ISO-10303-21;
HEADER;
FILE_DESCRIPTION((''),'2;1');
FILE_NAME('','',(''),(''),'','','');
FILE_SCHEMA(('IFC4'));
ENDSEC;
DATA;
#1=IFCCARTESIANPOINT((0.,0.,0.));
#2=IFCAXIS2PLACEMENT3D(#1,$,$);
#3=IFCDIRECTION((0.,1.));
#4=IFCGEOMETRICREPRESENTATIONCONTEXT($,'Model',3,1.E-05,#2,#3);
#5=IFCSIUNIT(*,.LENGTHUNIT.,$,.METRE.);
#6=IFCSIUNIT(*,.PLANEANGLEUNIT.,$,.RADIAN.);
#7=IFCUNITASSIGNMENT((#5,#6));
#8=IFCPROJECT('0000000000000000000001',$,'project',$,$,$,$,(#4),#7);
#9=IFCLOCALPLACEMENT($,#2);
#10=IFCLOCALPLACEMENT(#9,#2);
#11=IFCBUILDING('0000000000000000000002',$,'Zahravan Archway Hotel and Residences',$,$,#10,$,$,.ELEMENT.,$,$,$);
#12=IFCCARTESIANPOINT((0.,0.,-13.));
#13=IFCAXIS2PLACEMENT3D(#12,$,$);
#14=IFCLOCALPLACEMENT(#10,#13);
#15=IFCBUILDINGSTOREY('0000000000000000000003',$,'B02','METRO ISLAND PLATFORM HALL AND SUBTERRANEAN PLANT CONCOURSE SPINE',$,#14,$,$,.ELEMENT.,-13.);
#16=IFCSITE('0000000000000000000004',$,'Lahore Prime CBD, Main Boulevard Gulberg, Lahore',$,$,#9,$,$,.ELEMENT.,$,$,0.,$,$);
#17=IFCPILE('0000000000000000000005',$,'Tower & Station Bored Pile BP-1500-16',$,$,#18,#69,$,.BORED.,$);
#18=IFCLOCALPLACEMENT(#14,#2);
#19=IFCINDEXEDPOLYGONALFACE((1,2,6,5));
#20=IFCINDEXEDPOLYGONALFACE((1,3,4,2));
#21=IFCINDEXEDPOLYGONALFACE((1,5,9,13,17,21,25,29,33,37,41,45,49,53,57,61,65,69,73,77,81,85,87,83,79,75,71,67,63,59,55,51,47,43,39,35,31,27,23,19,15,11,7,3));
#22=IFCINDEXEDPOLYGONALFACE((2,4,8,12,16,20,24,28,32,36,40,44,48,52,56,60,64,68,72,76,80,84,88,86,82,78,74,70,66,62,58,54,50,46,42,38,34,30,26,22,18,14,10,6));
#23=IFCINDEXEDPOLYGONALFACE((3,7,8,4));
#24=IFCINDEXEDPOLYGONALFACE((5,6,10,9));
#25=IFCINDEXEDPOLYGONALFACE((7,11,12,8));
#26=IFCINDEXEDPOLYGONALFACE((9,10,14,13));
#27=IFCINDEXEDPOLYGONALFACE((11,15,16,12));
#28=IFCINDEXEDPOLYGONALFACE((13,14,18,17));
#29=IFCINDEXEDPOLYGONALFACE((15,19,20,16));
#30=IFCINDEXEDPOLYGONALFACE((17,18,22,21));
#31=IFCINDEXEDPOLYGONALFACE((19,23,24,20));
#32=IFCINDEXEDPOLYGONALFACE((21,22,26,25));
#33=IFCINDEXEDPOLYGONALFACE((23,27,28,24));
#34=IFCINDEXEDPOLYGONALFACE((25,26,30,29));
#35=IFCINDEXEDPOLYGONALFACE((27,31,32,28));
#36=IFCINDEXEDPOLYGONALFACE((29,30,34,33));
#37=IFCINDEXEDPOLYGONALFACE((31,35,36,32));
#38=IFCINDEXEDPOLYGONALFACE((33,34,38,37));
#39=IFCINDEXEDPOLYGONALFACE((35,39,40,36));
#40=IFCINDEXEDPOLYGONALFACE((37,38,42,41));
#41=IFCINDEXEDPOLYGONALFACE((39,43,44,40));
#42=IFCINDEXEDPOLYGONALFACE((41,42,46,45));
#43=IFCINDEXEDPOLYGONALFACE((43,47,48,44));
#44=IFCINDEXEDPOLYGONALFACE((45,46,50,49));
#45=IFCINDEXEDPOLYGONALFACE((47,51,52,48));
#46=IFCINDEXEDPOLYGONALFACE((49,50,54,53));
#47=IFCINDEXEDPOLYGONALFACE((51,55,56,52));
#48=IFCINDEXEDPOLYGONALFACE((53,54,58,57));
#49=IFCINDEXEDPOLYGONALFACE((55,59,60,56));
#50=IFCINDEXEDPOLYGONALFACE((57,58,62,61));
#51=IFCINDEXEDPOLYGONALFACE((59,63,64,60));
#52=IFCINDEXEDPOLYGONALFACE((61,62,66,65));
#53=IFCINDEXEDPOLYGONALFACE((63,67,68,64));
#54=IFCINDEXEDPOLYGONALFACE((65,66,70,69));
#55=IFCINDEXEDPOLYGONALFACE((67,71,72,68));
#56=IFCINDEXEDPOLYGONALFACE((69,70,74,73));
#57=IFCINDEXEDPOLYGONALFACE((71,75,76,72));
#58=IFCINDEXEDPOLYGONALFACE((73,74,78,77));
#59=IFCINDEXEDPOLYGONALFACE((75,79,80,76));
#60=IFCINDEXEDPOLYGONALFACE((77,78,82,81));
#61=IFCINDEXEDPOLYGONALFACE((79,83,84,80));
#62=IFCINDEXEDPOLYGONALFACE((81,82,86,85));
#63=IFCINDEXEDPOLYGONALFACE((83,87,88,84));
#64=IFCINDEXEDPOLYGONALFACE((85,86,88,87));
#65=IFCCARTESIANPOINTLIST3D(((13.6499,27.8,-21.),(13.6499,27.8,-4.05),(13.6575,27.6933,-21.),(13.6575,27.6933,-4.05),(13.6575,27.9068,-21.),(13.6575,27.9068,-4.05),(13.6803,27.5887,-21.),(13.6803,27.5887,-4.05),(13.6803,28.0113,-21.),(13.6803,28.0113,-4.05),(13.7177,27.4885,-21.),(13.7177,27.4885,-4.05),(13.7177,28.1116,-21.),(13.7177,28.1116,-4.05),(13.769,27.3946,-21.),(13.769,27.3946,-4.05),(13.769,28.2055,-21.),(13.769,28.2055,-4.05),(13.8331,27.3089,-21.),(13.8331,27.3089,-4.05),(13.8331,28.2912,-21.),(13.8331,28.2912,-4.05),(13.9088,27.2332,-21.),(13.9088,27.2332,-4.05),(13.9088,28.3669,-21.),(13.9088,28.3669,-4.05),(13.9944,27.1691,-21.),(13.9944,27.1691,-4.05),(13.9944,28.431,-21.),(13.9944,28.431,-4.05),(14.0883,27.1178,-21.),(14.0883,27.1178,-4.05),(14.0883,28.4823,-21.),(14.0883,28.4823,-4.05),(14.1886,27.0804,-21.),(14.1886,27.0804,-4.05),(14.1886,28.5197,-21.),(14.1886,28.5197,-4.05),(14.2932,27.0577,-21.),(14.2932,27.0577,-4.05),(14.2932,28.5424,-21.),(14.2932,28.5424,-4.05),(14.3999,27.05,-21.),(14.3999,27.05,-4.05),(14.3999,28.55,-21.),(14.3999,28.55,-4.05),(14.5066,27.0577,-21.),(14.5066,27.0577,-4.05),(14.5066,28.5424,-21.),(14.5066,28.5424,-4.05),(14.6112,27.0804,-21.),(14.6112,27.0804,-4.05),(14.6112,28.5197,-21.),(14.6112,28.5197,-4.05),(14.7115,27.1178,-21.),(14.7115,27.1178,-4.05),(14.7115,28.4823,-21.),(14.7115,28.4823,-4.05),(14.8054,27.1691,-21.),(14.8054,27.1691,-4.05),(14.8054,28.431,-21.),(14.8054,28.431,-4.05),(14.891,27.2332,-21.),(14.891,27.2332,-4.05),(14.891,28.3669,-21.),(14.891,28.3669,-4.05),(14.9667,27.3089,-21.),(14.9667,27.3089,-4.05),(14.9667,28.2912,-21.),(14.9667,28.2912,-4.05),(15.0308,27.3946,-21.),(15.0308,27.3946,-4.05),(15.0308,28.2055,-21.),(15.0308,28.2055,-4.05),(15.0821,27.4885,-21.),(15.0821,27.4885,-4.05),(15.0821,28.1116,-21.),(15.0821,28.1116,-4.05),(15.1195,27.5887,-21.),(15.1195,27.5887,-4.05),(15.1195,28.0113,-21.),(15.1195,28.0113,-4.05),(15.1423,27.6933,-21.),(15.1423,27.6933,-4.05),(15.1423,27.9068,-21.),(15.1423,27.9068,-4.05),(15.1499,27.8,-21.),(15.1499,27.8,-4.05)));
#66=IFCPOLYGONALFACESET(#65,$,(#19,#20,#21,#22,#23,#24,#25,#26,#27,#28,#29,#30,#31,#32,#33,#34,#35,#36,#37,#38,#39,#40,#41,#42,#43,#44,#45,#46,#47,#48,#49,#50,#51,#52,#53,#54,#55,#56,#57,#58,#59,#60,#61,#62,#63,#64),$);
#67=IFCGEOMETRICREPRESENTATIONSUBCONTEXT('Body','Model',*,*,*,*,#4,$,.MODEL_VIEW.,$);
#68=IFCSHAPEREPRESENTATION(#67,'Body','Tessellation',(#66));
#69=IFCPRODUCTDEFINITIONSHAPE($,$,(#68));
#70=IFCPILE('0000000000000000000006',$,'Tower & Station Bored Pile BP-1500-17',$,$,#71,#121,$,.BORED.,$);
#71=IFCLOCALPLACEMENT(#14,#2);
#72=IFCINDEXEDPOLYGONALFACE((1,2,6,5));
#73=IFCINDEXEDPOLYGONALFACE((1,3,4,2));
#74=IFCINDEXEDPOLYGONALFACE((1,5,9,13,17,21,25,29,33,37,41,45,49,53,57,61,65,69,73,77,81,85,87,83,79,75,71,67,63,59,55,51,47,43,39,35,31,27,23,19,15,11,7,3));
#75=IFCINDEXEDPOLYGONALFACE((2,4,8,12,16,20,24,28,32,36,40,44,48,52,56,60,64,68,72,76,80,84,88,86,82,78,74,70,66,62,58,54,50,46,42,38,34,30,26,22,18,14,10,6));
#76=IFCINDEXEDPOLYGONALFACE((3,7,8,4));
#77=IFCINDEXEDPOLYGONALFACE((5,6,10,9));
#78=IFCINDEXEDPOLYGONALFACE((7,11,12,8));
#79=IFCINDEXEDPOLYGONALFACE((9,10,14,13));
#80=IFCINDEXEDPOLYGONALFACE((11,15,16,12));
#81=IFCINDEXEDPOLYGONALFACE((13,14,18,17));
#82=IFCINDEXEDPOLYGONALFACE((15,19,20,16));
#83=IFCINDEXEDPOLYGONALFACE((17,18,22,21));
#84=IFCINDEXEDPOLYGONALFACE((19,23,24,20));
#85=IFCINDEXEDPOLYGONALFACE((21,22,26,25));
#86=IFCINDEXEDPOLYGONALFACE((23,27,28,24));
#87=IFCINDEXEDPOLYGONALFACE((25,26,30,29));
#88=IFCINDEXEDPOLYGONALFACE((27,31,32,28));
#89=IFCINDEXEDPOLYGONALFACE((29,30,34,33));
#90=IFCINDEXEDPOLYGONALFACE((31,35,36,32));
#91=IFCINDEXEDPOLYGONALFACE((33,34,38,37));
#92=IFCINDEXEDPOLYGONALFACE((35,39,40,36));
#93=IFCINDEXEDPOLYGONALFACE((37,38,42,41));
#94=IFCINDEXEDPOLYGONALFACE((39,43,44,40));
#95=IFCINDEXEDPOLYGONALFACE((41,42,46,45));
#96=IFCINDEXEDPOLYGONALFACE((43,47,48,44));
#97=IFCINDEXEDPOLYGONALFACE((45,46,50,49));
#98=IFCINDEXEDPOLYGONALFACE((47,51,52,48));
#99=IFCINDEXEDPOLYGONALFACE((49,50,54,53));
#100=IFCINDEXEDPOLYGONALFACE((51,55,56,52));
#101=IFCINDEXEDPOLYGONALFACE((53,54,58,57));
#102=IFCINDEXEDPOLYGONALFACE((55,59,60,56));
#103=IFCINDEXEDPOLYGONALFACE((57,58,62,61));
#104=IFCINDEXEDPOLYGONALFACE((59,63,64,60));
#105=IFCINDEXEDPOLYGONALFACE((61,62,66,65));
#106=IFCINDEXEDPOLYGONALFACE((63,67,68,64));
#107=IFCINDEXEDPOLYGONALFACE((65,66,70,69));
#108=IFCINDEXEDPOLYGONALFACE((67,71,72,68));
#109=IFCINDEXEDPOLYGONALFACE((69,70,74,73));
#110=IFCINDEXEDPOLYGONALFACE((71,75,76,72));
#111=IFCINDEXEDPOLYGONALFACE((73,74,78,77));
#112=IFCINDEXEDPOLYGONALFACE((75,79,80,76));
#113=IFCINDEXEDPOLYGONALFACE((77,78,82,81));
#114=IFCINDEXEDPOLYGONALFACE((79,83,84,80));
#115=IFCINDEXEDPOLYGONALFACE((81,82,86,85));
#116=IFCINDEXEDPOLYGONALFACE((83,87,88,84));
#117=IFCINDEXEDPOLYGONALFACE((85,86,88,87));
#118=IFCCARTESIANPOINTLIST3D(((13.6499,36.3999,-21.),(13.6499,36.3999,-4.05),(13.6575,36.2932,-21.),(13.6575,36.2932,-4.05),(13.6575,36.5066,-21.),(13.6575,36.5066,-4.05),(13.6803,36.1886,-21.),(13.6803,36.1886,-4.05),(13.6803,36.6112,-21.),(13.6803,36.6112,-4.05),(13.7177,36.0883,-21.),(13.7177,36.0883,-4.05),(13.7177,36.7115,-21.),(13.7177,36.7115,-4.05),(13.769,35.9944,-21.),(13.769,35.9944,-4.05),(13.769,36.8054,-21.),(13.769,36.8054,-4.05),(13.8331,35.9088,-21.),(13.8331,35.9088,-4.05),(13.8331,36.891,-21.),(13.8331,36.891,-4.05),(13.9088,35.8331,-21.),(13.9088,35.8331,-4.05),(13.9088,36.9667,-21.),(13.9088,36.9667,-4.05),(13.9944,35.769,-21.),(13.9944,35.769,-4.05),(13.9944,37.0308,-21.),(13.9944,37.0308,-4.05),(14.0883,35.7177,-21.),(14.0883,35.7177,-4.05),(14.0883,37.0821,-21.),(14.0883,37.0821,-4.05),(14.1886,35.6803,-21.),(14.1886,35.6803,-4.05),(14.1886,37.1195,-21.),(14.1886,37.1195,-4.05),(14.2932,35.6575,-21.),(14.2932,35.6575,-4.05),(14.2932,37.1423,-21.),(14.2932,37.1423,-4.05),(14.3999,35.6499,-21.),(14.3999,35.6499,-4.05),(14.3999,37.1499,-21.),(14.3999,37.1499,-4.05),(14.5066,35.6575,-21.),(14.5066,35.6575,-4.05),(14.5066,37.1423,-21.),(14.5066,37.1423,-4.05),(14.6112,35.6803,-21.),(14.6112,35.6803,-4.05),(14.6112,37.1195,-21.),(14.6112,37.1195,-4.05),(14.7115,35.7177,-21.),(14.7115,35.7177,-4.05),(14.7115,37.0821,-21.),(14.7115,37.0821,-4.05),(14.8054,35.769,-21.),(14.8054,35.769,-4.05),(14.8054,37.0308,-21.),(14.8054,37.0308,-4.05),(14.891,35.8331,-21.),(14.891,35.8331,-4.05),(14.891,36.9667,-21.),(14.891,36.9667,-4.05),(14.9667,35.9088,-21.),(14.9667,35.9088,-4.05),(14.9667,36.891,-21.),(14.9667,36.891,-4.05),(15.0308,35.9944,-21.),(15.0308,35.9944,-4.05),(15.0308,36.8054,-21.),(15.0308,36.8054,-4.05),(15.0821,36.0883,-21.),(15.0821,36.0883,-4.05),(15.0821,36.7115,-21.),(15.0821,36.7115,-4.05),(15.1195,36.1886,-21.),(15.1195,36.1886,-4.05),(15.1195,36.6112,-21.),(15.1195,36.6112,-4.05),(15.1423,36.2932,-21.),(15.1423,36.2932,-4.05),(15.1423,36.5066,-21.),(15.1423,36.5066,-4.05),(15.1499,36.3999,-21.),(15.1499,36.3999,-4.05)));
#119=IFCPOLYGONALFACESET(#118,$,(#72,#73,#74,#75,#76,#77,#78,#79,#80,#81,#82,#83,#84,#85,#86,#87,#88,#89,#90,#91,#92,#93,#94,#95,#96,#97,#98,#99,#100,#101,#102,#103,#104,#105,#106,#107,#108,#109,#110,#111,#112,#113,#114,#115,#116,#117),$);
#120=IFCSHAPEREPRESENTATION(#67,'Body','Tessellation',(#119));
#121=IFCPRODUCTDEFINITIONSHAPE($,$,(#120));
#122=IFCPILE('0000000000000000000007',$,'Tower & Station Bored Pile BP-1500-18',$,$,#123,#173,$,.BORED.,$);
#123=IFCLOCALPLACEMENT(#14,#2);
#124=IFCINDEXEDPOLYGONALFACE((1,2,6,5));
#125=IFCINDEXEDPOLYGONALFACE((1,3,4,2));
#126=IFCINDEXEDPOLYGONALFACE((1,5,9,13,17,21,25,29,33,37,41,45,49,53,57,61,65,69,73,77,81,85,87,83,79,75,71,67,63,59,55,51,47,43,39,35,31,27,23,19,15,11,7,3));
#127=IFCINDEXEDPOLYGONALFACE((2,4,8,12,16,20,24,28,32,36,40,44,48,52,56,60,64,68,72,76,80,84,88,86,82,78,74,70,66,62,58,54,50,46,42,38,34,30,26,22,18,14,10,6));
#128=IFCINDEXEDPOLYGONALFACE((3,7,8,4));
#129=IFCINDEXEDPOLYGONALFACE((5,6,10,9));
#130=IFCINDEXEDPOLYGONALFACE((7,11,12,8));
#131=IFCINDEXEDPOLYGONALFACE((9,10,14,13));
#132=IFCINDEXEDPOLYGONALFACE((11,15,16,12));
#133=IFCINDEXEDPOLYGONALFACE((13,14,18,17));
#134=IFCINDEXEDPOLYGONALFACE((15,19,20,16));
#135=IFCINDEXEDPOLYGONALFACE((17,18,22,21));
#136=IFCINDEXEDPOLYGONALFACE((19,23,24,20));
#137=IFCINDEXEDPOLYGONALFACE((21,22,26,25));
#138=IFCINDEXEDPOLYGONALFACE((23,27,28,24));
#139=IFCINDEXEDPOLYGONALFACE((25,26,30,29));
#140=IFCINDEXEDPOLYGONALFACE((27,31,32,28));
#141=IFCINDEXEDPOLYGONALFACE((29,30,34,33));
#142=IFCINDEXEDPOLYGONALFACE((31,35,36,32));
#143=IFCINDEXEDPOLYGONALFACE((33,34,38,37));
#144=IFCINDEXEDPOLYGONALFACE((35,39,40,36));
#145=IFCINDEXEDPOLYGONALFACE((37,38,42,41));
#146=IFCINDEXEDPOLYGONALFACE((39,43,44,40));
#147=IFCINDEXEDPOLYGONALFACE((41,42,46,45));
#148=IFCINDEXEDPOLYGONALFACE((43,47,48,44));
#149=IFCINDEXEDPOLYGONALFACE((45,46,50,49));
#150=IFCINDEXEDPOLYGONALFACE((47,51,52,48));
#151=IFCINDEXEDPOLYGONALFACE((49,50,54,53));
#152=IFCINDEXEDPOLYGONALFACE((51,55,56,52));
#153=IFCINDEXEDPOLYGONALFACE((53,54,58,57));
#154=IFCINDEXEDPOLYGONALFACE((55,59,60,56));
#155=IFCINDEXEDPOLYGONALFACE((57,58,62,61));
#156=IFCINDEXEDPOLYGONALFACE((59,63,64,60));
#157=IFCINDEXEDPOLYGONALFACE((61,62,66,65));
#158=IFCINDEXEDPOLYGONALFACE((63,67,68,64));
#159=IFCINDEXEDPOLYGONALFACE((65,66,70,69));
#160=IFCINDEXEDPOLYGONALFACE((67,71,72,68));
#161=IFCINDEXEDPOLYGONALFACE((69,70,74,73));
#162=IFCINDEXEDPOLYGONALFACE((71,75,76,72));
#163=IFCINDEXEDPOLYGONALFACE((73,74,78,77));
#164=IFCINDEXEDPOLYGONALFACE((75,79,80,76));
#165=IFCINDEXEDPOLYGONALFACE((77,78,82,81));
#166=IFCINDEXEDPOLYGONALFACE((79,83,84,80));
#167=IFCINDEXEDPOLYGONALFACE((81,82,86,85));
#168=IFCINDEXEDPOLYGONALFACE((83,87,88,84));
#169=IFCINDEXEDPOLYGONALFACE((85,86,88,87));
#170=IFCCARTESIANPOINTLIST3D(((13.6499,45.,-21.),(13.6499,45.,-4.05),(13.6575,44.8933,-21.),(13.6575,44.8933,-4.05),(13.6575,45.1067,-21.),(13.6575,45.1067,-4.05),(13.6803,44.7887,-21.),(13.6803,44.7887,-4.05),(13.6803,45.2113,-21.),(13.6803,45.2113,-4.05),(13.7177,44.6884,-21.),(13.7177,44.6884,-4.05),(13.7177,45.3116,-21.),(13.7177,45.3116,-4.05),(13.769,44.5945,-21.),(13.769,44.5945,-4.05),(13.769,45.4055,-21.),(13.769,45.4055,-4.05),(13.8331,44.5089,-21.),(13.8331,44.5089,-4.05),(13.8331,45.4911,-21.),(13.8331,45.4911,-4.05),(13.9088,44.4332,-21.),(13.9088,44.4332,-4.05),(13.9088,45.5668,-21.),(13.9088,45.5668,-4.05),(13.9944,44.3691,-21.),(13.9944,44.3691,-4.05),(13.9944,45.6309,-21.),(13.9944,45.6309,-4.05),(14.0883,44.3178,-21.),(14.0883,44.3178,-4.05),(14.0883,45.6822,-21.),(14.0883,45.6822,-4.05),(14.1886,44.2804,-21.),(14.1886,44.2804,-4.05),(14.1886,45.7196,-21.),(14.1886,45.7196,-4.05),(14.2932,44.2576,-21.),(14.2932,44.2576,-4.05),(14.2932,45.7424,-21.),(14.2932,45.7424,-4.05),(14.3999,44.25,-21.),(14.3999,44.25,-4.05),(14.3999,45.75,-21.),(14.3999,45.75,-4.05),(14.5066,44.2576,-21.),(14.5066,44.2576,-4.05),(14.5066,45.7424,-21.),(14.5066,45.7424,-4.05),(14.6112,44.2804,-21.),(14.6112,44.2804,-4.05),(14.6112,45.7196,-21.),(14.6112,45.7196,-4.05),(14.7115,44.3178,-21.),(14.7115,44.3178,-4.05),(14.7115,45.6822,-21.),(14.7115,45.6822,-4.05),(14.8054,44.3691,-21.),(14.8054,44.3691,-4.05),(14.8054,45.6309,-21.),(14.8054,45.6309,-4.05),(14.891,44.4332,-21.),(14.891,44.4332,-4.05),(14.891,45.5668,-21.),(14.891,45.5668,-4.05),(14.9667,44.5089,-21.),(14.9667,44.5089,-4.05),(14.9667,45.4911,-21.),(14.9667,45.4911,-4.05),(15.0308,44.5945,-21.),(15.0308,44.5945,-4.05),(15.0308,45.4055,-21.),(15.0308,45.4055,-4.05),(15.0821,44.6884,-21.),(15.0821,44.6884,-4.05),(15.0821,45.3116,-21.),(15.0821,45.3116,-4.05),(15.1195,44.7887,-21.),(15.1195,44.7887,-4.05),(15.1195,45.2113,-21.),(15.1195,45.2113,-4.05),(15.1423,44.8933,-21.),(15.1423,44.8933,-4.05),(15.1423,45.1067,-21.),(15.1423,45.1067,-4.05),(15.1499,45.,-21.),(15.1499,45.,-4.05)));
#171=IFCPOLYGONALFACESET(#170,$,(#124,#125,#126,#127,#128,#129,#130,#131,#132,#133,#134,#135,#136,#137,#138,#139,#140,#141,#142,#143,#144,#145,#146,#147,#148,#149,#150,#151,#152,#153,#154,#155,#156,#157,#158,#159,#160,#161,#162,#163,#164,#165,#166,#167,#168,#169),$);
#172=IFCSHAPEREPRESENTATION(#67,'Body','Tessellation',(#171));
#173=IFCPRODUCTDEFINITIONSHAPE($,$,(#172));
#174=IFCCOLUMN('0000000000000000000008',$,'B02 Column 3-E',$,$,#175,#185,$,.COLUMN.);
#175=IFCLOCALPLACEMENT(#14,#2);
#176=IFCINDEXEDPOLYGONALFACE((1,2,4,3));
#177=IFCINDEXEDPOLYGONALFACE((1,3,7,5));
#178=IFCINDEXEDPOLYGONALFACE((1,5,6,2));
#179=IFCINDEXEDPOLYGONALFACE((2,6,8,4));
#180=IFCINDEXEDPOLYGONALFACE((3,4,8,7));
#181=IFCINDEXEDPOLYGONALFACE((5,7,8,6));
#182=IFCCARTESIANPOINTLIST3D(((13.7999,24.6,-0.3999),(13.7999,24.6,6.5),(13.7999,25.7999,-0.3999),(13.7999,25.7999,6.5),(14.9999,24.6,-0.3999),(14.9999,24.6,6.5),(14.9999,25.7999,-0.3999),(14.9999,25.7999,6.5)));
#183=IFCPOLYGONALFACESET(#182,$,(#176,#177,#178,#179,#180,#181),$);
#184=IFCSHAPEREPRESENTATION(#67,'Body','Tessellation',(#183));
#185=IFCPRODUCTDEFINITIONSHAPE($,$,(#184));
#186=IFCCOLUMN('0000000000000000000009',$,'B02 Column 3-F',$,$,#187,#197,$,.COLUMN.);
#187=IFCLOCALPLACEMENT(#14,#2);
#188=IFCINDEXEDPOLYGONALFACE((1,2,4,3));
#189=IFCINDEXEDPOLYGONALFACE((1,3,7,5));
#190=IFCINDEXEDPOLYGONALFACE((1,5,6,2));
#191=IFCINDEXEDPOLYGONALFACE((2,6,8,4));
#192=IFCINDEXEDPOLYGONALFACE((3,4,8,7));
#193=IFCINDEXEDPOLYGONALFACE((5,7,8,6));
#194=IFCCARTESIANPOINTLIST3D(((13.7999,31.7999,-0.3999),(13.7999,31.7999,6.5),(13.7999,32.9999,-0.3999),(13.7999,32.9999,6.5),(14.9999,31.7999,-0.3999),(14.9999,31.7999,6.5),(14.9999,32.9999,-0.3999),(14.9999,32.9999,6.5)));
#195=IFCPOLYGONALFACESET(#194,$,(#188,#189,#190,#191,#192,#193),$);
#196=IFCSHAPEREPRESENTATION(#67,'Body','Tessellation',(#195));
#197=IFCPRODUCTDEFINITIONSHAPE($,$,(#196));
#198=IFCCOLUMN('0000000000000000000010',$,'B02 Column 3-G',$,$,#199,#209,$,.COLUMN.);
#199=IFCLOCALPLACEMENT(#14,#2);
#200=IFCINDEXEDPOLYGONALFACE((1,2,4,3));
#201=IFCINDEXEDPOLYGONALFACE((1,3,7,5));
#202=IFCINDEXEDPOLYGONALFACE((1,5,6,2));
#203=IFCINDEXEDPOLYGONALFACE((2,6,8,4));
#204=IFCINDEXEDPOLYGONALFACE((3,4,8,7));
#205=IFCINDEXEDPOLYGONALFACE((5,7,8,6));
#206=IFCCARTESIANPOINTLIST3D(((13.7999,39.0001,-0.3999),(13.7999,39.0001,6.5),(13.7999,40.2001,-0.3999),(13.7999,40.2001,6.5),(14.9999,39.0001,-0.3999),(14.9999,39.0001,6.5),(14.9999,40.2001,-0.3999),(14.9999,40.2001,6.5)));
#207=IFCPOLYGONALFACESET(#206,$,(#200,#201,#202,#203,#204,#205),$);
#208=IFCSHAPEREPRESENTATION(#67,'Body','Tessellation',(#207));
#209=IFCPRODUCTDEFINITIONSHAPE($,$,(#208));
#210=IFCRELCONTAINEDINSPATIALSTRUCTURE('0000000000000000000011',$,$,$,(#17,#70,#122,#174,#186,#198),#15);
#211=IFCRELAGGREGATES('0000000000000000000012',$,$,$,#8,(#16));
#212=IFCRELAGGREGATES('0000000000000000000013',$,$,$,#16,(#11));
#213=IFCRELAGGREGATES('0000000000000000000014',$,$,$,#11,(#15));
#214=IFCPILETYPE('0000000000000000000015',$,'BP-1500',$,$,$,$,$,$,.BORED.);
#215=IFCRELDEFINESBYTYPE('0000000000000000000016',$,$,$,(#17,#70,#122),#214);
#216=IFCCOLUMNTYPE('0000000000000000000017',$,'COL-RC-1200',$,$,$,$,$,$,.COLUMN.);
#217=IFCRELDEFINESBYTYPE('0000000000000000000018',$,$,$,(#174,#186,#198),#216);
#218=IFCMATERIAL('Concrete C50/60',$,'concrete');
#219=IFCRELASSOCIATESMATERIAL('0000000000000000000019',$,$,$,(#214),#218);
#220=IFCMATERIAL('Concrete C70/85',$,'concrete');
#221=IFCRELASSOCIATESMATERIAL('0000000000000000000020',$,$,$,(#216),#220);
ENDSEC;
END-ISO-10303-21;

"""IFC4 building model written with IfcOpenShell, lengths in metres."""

from ifc_helpers import new_model, si_unit, direction, frame, origin, origin_2d, place, context, subcontext, project, spatial, rectangle, circle, extrude, source, transform, mapped, material, material_profile, profile_set, type_object, type_shapes, element, save


model = new_model("IFC4")

# Units and contexts
model_context = context("Model", 3, precision=1e-05, world=origin(), true_north=direction((0.0, 1.0)))
body_context = subcontext(model_context, "Body", "Model", "MODEL_VIEW")
ifc_project = project(units=[si_unit("LENGTHUNIT", "METRE"), si_unit("PLANEANGLEUNIT", "RADIAN")], contexts=[model_context])

# Site, building, storey
site_placement = place(None, origin())
site = spatial("IfcSite", under=ifc_project, at=site_placement, Name="Lahore Prime CBD, Main Boulevard Gulberg, Lahore", CompositionType="ELEMENT", RefElevation=0.0)
building_placement = place(site_placement, origin())
building = spatial("IfcBuilding", under=site, at=building_placement, Name="Zahravan Archway Hotel and Residences", CompositionType="ELEMENT")
storey_placement = place(building_placement, frame((0.0, 0.0, -13.0)))
storey = spatial("IfcBuildingStorey", under=building, at=storey_placement, Name="B02", Description="METRO ISLAND PLATFORM HALL AND SUBTERRANEAN PLANT CONCOURSE SPINE", CompositionType="ELEMENT", Elevation=-13.0)

# Piles
ifc_material_1 = material(Name="Concrete C50/60", Category="concrete")
ifc_material_profile_1 = material_profile(ifc_material_1, circle(Radius=0.75, at=origin_2d()), Name="PILE D1500", Category="concrete")
ifc_profile_set_1 = profile_set([ifc_material_profile_1], Name="Concrete C50/60")
pile_type = type_object("IfcPileType", Name="BP-1500", PredefinedType="BORED", material=ifc_profile_set_1)
shared_shape_1 = source(origin(), body_context, "Body", "SweptSolid", [
    extrude(circle(Radius=0.75, at=origin_2d()), origin(), (0.0, 0.0, 1.0), 16.95),
])
type_shapes(pile_type, [shared_shape_1])
for number, where, z_axis, x_axis, name in (
    (1, (14.3999, 27.8, -4.05), (0.0, 0.0, -1.0), (1.0, 0.0, 0.0), "Tower & Station Bored Pile BP-1500-16"),
    (2, (14.3999, 36.3999, -4.05), (0.0, 0.0, -1.0), (1.0, 0.0, 0.0), "Tower & Station Bored Pile BP-1500-17"),
    (3, (14.3999, 45.0, -4.05), (0.0, 0.0, -1.0), (1.0, 0.0, 0.0), "Tower & Station Bored Pile BP-1500-18"),
):
    element("IfcPile", number, at=place(storey_placement, frame(where, z_axis=z_axis, x_axis=x_axis)), inside=storey, type_object=pile_type, Name=name, PredefinedType="BORED", context=body_context, shape_type="MappedRepresentation", body=[
        mapped(shared_shape_1, transform((0.0, 0.0, 0.0), scale=1.0)),
    ])

# Columns
ifc_material_2 = material(Name="Concrete C70/85", Category="concrete")
ifc_material_profile_2 = material_profile(ifc_material_2, rectangle(XDim=1.2, YDim=1.2, at=origin_2d()), Name="RC-COL-1200x1200", Category="concrete")
ifc_profile_set_2 = profile_set([ifc_material_profile_2], Name="Concrete C70/85")
column_type_1 = type_object("IfcColumnType", Name="COL-RC-1200", PredefinedType="COLUMN", material=ifc_profile_set_2)
shared_shape_2 = source(origin(), body_context, "Body", "SweptSolid", [
    extrude(rectangle(XDim=1.2, YDim=1.2, at=origin_2d()), origin(), (0.0, 0.0, 1.0), 6.8999),
])
type_shapes(column_type_1, [shared_shape_2])
for number, where, z_axis, x_axis, name in (
    (4, (14.3999, 25.2, -0.3999), (0.0, 0.0, 1.0), (1.0, 0.0, 0.0), "B02 Column 3-E"),
    (5, (14.3999, 32.3999, -0.3999), (0.0, 0.0, 1.0), (1.0, 0.0, 0.0), "B02 Column 3-F"),
    (6, (14.3999, 39.6001, -0.3999), (0.0, 0.0, 1.0), (1.0, 0.0, 0.0), "B02 Column 3-G"),
):
    element("IfcColumn", number, at=place(storey_placement, frame(where, z_axis=z_axis, x_axis=x_axis)), inside=storey, type_object=column_type_1, Name=name, PredefinedType="COLUMN", context=body_context, shape_type="MappedRepresentation", body=[
        mapped(shared_shape_2, transform((0.0, 0.0, 0.0), scale=1.0)),
    ])

save(model, "model.ifc")
